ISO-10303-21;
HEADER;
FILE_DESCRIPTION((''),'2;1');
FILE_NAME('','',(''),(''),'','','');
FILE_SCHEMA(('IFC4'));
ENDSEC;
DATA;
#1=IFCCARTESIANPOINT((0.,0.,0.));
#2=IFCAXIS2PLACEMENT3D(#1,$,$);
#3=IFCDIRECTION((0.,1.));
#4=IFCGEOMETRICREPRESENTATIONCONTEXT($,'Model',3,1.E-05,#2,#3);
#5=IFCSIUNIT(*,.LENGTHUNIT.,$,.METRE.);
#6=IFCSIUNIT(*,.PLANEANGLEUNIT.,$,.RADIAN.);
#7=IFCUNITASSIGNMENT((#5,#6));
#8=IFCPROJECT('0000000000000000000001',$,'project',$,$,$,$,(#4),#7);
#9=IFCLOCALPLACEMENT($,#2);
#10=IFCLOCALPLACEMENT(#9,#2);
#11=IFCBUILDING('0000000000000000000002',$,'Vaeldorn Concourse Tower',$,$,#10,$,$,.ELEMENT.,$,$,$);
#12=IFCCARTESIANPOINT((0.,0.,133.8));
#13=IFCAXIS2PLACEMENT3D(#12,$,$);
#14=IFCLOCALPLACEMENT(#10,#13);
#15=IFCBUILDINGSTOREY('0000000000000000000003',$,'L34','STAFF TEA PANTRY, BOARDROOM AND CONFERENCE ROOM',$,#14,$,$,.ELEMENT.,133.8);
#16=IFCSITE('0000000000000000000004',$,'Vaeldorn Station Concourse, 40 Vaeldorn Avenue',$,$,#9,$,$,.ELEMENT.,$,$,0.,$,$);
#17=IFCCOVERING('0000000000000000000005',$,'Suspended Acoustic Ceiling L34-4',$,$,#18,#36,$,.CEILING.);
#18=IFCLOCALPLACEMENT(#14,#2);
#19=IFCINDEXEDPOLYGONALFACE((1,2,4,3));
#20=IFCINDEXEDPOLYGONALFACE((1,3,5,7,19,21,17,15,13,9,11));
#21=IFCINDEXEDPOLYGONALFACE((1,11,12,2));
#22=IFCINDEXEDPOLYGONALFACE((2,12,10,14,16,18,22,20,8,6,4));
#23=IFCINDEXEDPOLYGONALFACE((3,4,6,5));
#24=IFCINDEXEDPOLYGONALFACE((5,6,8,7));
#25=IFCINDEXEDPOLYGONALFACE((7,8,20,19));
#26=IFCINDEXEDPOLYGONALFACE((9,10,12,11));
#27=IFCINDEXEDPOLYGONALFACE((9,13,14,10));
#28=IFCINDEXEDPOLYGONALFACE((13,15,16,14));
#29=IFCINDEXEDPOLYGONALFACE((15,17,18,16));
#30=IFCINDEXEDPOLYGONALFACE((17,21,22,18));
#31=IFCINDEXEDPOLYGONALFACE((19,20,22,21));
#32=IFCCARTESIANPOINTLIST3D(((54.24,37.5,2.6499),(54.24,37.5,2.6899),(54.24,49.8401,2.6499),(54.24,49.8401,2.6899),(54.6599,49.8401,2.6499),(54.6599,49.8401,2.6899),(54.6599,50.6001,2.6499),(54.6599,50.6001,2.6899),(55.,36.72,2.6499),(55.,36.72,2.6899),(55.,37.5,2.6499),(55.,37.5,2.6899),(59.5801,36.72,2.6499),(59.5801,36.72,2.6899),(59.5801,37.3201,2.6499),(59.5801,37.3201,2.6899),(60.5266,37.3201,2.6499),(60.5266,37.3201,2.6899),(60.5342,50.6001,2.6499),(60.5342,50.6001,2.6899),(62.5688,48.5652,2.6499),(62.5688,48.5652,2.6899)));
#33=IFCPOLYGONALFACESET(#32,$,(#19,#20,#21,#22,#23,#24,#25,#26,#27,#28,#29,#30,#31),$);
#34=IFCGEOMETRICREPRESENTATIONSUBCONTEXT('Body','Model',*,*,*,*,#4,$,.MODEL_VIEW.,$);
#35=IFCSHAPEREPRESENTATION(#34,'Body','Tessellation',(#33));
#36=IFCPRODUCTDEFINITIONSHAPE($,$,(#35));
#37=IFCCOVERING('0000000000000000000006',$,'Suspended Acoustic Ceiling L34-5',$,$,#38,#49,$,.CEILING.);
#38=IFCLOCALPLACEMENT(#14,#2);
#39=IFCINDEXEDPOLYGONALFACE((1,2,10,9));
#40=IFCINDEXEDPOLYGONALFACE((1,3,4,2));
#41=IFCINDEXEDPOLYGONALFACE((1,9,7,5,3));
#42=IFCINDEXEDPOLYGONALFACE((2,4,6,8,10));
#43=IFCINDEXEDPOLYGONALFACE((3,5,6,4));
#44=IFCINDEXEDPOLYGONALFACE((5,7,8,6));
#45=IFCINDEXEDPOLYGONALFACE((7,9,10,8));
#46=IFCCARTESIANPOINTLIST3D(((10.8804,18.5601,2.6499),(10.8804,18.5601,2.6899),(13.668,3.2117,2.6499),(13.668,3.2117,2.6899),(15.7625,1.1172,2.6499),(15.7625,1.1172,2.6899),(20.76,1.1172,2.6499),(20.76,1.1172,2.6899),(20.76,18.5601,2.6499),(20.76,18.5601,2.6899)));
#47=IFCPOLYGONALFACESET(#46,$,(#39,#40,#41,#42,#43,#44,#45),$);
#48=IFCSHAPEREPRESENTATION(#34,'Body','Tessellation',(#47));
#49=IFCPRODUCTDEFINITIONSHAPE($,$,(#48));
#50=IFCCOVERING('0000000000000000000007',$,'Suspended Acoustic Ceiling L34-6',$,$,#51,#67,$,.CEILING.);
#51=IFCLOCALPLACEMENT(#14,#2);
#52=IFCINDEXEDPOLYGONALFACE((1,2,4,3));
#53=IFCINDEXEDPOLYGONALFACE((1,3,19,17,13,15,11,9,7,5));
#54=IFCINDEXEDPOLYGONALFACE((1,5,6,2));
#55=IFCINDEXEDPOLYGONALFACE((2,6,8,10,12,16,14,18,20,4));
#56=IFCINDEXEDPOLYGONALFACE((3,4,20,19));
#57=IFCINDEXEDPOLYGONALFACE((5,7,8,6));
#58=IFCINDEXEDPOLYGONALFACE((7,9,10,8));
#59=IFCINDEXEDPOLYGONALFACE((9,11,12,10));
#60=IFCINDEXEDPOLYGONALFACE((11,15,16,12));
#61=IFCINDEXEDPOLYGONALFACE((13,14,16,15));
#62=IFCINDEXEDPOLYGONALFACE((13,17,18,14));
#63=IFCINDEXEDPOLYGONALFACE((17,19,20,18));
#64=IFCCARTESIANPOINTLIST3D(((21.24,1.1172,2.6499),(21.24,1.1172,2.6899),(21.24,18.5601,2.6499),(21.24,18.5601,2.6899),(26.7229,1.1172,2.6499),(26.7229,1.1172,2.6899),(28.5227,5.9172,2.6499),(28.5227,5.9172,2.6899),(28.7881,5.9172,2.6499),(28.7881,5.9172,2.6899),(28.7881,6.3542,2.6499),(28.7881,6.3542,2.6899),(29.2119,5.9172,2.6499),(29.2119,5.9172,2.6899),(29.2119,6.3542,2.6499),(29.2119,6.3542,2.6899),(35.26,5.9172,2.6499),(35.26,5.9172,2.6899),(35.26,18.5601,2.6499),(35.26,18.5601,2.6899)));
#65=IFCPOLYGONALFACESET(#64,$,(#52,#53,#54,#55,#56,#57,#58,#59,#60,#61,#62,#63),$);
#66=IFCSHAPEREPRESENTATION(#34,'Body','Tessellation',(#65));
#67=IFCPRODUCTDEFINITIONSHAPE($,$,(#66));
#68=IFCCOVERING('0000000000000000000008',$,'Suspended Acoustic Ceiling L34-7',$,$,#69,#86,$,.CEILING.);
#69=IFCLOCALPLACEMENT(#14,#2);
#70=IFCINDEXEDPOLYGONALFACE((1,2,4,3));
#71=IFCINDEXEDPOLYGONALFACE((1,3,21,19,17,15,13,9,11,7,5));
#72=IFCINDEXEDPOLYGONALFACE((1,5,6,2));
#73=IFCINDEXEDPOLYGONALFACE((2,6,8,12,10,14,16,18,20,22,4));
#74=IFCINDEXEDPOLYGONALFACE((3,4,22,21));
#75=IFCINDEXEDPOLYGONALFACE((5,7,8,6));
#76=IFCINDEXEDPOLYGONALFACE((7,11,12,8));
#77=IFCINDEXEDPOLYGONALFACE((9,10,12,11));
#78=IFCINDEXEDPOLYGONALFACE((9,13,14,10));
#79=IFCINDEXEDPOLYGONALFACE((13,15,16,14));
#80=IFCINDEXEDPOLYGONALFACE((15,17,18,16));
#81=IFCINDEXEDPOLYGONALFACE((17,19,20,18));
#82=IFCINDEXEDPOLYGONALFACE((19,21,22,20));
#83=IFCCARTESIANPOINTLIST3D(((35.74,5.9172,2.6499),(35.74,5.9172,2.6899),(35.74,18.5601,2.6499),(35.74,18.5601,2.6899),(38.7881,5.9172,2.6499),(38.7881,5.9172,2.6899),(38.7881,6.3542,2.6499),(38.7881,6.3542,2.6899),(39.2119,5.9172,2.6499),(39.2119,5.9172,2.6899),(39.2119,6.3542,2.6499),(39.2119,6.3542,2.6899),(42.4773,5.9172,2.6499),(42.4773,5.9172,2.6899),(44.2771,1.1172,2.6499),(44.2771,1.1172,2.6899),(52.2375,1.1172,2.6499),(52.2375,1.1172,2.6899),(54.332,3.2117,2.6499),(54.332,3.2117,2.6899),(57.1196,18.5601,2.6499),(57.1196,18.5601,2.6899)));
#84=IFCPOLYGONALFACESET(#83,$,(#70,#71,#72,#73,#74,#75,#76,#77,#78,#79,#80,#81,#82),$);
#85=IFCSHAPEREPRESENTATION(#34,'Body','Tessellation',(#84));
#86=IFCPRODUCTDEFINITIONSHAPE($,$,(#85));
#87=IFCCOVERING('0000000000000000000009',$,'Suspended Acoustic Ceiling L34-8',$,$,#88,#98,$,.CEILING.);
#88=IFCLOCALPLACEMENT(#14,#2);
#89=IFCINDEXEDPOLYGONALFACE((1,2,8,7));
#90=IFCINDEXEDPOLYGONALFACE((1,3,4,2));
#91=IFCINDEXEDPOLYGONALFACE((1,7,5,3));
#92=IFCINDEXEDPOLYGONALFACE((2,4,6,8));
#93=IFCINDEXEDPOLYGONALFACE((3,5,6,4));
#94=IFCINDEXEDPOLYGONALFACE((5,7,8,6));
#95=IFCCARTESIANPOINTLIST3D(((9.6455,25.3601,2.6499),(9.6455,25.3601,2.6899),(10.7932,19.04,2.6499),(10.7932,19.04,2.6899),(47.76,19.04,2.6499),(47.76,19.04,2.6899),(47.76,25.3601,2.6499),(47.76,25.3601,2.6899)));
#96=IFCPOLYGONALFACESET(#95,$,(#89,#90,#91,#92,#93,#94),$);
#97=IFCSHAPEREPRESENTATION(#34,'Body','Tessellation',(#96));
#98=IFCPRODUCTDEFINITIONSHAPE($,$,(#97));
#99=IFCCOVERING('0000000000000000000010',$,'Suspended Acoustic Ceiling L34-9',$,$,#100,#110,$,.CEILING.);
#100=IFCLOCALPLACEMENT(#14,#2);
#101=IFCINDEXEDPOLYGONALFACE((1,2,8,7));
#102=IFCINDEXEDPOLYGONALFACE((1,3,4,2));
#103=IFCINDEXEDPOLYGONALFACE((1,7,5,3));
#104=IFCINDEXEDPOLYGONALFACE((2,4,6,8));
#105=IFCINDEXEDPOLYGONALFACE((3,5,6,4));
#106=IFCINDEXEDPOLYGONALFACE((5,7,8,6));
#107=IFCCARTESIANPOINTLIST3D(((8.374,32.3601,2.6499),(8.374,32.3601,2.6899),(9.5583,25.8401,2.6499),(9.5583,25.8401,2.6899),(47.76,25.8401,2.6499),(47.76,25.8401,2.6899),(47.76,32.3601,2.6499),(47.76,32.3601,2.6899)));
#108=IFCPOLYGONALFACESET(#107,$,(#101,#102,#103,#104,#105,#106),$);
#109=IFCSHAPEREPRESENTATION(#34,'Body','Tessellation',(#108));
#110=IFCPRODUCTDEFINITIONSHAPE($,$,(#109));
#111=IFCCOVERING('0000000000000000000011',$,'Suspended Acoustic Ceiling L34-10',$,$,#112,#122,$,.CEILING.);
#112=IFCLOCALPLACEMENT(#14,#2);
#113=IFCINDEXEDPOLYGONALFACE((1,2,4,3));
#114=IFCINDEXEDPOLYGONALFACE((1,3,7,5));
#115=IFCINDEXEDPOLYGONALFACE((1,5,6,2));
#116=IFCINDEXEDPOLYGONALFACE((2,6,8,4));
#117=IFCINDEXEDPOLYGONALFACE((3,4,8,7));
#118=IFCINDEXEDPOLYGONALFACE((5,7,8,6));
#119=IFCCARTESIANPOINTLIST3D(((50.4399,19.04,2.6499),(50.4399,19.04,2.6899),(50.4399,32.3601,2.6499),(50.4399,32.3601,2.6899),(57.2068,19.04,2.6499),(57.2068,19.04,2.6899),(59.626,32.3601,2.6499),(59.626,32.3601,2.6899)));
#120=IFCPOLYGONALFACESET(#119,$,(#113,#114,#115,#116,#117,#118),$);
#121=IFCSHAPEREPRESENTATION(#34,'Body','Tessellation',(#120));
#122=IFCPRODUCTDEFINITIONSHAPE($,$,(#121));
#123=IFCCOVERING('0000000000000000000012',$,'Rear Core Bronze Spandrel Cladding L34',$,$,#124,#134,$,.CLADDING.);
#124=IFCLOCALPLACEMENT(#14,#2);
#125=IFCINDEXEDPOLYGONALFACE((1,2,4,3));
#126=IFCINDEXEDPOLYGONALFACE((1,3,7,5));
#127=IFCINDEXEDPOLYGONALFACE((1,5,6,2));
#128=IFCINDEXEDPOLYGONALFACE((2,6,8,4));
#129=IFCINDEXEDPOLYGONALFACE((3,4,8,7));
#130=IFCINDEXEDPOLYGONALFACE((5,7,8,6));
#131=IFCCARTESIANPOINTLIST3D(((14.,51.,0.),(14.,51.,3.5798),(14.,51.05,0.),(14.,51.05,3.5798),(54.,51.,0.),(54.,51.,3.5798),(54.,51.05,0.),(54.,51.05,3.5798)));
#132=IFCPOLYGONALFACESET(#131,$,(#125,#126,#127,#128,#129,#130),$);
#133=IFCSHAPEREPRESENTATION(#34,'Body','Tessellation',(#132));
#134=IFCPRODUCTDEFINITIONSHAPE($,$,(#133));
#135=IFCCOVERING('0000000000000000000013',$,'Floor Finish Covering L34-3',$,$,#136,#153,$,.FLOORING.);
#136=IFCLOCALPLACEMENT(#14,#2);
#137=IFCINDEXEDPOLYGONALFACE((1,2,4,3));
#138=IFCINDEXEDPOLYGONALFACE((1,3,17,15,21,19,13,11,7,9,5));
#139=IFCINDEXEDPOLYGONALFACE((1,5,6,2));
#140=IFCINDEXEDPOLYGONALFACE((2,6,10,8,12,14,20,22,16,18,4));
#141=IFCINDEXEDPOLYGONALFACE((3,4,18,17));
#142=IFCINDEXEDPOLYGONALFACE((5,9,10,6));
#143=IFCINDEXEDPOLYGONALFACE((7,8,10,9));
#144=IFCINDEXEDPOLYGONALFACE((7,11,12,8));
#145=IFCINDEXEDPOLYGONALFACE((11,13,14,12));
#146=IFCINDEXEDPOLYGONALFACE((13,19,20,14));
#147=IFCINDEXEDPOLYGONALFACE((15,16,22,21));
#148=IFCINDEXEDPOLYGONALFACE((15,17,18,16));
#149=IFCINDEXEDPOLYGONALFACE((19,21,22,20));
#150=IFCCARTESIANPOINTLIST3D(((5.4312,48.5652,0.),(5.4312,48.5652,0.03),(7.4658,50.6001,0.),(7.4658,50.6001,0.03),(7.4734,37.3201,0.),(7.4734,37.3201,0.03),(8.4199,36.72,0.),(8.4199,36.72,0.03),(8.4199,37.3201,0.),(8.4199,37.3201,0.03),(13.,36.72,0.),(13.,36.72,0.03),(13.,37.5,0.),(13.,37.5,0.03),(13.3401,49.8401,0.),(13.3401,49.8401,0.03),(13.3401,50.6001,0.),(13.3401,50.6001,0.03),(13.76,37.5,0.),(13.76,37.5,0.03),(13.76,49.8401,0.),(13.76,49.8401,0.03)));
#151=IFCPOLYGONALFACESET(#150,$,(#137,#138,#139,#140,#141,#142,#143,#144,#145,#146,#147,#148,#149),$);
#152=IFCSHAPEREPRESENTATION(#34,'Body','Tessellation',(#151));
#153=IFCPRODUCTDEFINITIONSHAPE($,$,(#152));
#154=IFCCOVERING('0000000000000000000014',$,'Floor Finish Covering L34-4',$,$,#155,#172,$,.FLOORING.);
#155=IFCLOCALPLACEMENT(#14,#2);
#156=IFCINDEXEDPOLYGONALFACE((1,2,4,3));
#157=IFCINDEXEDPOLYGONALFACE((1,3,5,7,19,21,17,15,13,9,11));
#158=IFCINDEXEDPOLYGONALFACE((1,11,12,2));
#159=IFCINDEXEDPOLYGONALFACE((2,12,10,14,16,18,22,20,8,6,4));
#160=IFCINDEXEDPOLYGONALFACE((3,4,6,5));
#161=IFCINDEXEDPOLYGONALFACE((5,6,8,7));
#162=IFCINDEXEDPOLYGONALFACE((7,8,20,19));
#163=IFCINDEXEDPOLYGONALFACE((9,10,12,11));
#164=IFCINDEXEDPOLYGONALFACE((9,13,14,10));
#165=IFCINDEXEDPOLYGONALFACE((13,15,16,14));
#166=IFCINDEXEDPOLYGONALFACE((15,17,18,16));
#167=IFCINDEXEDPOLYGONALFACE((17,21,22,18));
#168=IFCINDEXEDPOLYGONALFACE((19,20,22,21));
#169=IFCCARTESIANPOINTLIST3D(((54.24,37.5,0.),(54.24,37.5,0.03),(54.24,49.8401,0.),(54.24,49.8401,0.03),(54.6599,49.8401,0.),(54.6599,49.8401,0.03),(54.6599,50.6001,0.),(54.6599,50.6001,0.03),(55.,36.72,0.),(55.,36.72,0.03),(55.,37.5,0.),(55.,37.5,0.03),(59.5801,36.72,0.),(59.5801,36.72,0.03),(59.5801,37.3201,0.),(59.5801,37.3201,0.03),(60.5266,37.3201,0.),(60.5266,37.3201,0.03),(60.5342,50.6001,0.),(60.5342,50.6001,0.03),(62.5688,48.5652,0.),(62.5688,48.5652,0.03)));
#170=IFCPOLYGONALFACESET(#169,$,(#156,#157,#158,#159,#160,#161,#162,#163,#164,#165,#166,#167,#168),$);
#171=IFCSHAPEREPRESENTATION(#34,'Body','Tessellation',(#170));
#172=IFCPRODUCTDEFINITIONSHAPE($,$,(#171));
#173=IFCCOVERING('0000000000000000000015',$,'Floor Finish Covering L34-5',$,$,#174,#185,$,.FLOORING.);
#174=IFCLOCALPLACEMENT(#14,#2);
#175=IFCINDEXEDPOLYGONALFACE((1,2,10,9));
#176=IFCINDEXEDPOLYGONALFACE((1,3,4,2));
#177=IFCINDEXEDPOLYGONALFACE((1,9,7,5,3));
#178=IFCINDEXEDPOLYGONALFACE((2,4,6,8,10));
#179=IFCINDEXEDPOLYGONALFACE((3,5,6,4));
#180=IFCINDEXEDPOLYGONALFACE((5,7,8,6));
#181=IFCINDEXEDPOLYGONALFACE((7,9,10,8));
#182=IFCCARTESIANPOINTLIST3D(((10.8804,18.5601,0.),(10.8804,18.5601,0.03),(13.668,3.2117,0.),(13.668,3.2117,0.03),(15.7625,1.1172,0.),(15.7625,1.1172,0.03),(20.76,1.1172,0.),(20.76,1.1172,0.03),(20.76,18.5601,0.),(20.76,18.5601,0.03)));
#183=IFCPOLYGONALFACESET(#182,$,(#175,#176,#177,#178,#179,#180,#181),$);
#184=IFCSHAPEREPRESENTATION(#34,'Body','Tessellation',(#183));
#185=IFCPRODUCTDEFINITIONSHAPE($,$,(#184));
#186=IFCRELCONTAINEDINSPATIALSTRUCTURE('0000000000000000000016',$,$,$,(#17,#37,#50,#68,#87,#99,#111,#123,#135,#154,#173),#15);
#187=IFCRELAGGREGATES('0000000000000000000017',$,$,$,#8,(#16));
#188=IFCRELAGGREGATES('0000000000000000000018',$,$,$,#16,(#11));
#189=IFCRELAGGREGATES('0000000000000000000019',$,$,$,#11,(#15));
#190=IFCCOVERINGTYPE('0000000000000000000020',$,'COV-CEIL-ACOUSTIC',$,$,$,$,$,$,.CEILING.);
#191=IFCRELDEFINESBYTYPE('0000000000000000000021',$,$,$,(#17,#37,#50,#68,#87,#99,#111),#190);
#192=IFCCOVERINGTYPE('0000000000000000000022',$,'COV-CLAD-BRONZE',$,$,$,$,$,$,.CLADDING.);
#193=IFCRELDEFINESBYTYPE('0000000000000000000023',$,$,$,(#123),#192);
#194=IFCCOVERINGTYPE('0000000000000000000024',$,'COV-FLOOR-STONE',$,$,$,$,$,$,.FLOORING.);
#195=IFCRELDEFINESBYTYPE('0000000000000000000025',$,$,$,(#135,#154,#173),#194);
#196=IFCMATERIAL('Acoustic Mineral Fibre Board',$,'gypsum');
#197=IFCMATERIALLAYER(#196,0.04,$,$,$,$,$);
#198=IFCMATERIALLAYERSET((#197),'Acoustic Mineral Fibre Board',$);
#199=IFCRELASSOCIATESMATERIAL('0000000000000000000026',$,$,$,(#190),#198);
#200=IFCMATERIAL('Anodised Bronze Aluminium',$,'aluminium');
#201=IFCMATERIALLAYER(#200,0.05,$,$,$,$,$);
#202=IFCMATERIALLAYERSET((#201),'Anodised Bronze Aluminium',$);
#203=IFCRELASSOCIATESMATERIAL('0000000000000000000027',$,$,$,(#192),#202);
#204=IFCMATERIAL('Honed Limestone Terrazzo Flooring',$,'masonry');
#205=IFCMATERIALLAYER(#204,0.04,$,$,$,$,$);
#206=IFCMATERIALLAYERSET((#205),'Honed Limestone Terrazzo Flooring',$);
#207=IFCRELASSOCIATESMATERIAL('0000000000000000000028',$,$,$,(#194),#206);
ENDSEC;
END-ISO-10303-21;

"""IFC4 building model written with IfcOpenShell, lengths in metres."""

from ifc_helpers import new_model, si_unit, direction, frame, origin, place, context, subcontext, project, spatial, polyline, outline, extrude, material, layer, layer_set, type_object, element, save


model = new_model("IFC4")

# Units and contexts
model_context = context("Model", 3, precision=1e-05, world=origin(), true_north=direction((0.0, 1.0)))
body_context = subcontext(model_context, "Body", "Model", "MODEL_VIEW")
ifc_project = project(units=[si_unit("LENGTHUNIT", "METRE"), si_unit("PLANEANGLEUNIT", "RADIAN")], contexts=[model_context])

# Site, building, storey
site_placement = place(None, origin())
site = spatial("IfcSite", under=ifc_project, at=site_placement, Name="Vaeldorn Station Concourse, 40 Vaeldorn Avenue", CompositionType="ELEMENT", RefElevation=0.0)
building_placement = place(site_placement, origin())
building = spatial("IfcBuilding", under=site, at=building_placement, Name="Vaeldorn Concourse Tower", CompositionType="ELEMENT")
storey_placement = place(building_placement, frame((0.0, 0.0, 133.8)))
storey = spatial("IfcBuildingStorey", under=building, at=storey_placement, Name="L34", Description="STAFF TEA PANTRY, BOARDROOM AND CONFERENCE ROOM", CompositionType="ELEMENT", Elevation=133.8)

# Shared definitions
ifc_material_1 = material(Name="Anodised Bronze Aluminium", Category="aluminium")

# Coverings
ifc_material_2 = material(Name="Acoustic Mineral Fibre Board", Category="gypsum")
ifc_layer_1 = layer(ifc_material_2, 0.04)
ifc_layer_set_1 = layer_set([ifc_layer_1], Name="Acoustic Mineral Fibre Board")
covering_type_1 = type_object("IfcCoveringType", Name="COV-CEIL-ACOUSTIC", PredefinedType="CEILING", material=ifc_layer_set_1)
covering_1_placement = place(storey_placement, frame((0.0, 0.0, 2.6499)))
element("IfcCovering", 1, at=covering_1_placement, inside=storey, type_object=covering_type_1, Name="Suspended Acoustic Ceiling L34-4", PredefinedType="CEILING", context=body_context, shape_type="SweptSolid", body=[
    extrude(outline(polyline([(54.6599, 49.8401), (54.6599, 50.6001), (60.5342, 50.6001), (62.5688, 48.5652), (60.5266, 37.3201), (59.5801, 37.3201), (59.5801, 36.72), (55.0, 36.72), (55.0, 37.5), (54.24, 37.5), (54.24, 49.8401), (54.6599, 49.8401)])), origin(), (0.0, 0.0, 1.0), 0.04),
])
covering_2_placement = place(storey_placement, frame((0.0, 0.0, 2.6499)))
element("IfcCovering", 2, at=covering_2_placement, inside=storey, type_object=covering_type_1, Name="Suspended Acoustic Ceiling L34-5", PredefinedType="CEILING", context=body_context, shape_type="SweptSolid", body=[
    extrude(outline(polyline([(20.76, 18.5601), (20.76, 1.1172), (15.7625, 1.1172), (13.668, 3.2117), (10.8804, 18.5601), (20.76, 18.5601)])), origin(), (0.0, 0.0, 1.0), 0.04),
])
covering_3_placement = place(storey_placement, frame((0.0, 0.0, 2.6499)))
element("IfcCovering", 3, at=covering_3_placement, inside=storey, type_object=covering_type_1, Name="Suspended Acoustic Ceiling L34-6", PredefinedType="CEILING", context=body_context, shape_type="SweptSolid", body=[
    extrude(outline(polyline([(26.7229, 1.1172), (21.24, 1.1172), (21.24, 18.5601), (35.26, 18.5601), (35.26, 5.9172), (29.2119, 5.9172), (29.2119, 6.3542), (28.7881, 6.3542), (28.7881, 5.9172), (28.5227, 5.9172), (26.7229, 1.1172)])), origin(), (0.0, 0.0, 1.0), 0.04),
])
covering_4_placement = place(storey_placement, frame((0.0, 0.0, 2.6499)))
element("IfcCovering", 4, at=covering_4_placement, inside=storey, type_object=covering_type_1, Name="Suspended Acoustic Ceiling L34-7", PredefinedType="CEILING", context=body_context, shape_type="SweptSolid", body=[
    extrude(outline(polyline([(35.74, 18.5601), (57.1196, 18.5601), (54.332, 3.2117), (52.2375, 1.1172), (44.2771, 1.1172), (42.4773, 5.9172), (39.2119, 5.9172), (39.2119, 6.3542), (38.7881, 6.3542), (38.7881, 5.9172), (35.74, 5.9172), (35.74, 18.5601)])), origin(), (0.0, 0.0, 1.0), 0.04),
])
covering_5_placement = place(storey_placement, frame((0.0, 0.0, 2.6499)))
element("IfcCovering", 5, at=covering_5_placement, inside=storey, type_object=covering_type_1, Name="Suspended Acoustic Ceiling L34-8", PredefinedType="CEILING", context=body_context, shape_type="SweptSolid", body=[
    extrude(outline(polyline([(47.76, 25.3601), (47.76, 19.04), (10.7932, 19.04), (9.6455, 25.3601), (47.76, 25.3601)])), origin(), (0.0, 0.0, 1.0), 0.04),
])
covering_6_placement = place(storey_placement, frame((0.0, 0.0, 2.6499)))
element("IfcCovering", 6, at=covering_6_placement, inside=storey, type_object=covering_type_1, Name="Suspended Acoustic Ceiling L34-9", PredefinedType="CEILING", context=body_context, shape_type="SweptSolid", body=[
    extrude(outline(polyline([(47.76, 32.3601), (47.76, 25.8401), (9.5583, 25.8401), (8.374, 32.3601), (47.76, 32.3601)])), origin(), (0.0, 0.0, 1.0), 0.04),
])
covering_7_placement = place(storey_placement, frame((0.0, 0.0, 2.6499)))
element("IfcCovering", 7, at=covering_7_placement, inside=storey, type_object=covering_type_1, Name="Suspended Acoustic Ceiling L34-10", PredefinedType="CEILING", context=body_context, shape_type="SweptSolid", body=[
    extrude(outline(polyline([(50.4399, 19.04), (50.4399, 32.3601), (59.626, 32.3601), (57.2068, 19.04), (50.4399, 19.04)])), origin(), (0.0, 0.0, 1.0), 0.04),
])
ifc_layer_2 = layer(ifc_material_1, 0.05)
ifc_layer_set_2 = layer_set([ifc_layer_2], Name="Anodised Bronze Aluminium")
covering_type_2 = type_object("IfcCoveringType", Name="COV-CLAD-BRONZE", PredefinedType="CLADDING", material=ifc_layer_set_2)
covering_8_placement = place(storey_placement, origin())
element("IfcCovering", 8, at=covering_8_placement, inside=storey, type_object=covering_type_2, Name="Rear Core Bronze Spandrel Cladding L34", PredefinedType="CLADDING", context=body_context, shape_type="SweptSolid", body=[
    extrude(outline(polyline([(14.0, 51.0), (54.0, 51.0), (54.0, 51.05), (14.0, 51.05), (14.0, 51.0)])), origin(), (0.0, 0.0, 1.0), 3.5798),
])
ifc_material_3 = material(Name="Honed Limestone Terrazzo Flooring", Category="masonry")
ifc_layer_3 = layer(ifc_material_3, 0.04)
ifc_layer_set_3 = layer_set([ifc_layer_3], Name="Honed Limestone Terrazzo Flooring")
covering_type_3 = type_object("IfcCoveringType", Name="COV-FLOOR-STONE", PredefinedType="FLOORING", material=ifc_layer_set_3)
covering_9_placement = place(storey_placement, origin())
element("IfcCovering", 9, at=covering_9_placement, inside=storey, type_object=covering_type_3, Name="Floor Finish Covering L34-3", PredefinedType="FLOORING", context=body_context, shape_type="SweptSolid", body=[
    extrude(outline(polyline([(7.4658, 50.6001), (13.3401, 50.6001), (13.3401, 49.8401), (13.76, 49.8401), (13.76, 37.5), (13.0, 37.5), (13.0, 36.72), (8.4199, 36.72), (8.4199, 37.3201), (7.4734, 37.3201), (5.4312, 48.5652), (7.4658, 50.6001)])), origin(), (0.0, 0.0, 1.0), 0.03),
])
covering_10_placement = place(storey_placement, origin())
element("IfcCovering", 10, at=covering_10_placement, inside=storey, type_object=covering_type_3, Name="Floor Finish Covering L34-4", PredefinedType="FLOORING", context=body_context, shape_type="SweptSolid", body=[
    extrude(outline(polyline([(54.6599, 49.8401), (54.6599, 50.6001), (60.5342, 50.6001), (62.5688, 48.5652), (60.5266, 37.3201), (59.5801, 37.3201), (59.5801, 36.72), (55.0, 36.72), (55.0, 37.5), (54.24, 37.5), (54.24, 49.8401), (54.6599, 49.8401)])), origin(), (0.0, 0.0, 1.0), 0.03),
])
covering_11_placement = place(storey_placement, origin())
element("IfcCovering", 11, at=covering_11_placement, inside=storey, type_object=covering_type_3, Name="Floor Finish Covering L34-5", PredefinedType="FLOORING", context=body_context, shape_type="SweptSolid", body=[
    extrude(outline(polyline([(20.76, 18.5601), (20.76, 1.1172), (15.7625, 1.1172), (13.668, 3.2117), (10.8804, 18.5601), (20.76, 18.5601)])), origin(), (0.0, 0.0, 1.0), 0.03),
])

save(model, "model.ifc")
